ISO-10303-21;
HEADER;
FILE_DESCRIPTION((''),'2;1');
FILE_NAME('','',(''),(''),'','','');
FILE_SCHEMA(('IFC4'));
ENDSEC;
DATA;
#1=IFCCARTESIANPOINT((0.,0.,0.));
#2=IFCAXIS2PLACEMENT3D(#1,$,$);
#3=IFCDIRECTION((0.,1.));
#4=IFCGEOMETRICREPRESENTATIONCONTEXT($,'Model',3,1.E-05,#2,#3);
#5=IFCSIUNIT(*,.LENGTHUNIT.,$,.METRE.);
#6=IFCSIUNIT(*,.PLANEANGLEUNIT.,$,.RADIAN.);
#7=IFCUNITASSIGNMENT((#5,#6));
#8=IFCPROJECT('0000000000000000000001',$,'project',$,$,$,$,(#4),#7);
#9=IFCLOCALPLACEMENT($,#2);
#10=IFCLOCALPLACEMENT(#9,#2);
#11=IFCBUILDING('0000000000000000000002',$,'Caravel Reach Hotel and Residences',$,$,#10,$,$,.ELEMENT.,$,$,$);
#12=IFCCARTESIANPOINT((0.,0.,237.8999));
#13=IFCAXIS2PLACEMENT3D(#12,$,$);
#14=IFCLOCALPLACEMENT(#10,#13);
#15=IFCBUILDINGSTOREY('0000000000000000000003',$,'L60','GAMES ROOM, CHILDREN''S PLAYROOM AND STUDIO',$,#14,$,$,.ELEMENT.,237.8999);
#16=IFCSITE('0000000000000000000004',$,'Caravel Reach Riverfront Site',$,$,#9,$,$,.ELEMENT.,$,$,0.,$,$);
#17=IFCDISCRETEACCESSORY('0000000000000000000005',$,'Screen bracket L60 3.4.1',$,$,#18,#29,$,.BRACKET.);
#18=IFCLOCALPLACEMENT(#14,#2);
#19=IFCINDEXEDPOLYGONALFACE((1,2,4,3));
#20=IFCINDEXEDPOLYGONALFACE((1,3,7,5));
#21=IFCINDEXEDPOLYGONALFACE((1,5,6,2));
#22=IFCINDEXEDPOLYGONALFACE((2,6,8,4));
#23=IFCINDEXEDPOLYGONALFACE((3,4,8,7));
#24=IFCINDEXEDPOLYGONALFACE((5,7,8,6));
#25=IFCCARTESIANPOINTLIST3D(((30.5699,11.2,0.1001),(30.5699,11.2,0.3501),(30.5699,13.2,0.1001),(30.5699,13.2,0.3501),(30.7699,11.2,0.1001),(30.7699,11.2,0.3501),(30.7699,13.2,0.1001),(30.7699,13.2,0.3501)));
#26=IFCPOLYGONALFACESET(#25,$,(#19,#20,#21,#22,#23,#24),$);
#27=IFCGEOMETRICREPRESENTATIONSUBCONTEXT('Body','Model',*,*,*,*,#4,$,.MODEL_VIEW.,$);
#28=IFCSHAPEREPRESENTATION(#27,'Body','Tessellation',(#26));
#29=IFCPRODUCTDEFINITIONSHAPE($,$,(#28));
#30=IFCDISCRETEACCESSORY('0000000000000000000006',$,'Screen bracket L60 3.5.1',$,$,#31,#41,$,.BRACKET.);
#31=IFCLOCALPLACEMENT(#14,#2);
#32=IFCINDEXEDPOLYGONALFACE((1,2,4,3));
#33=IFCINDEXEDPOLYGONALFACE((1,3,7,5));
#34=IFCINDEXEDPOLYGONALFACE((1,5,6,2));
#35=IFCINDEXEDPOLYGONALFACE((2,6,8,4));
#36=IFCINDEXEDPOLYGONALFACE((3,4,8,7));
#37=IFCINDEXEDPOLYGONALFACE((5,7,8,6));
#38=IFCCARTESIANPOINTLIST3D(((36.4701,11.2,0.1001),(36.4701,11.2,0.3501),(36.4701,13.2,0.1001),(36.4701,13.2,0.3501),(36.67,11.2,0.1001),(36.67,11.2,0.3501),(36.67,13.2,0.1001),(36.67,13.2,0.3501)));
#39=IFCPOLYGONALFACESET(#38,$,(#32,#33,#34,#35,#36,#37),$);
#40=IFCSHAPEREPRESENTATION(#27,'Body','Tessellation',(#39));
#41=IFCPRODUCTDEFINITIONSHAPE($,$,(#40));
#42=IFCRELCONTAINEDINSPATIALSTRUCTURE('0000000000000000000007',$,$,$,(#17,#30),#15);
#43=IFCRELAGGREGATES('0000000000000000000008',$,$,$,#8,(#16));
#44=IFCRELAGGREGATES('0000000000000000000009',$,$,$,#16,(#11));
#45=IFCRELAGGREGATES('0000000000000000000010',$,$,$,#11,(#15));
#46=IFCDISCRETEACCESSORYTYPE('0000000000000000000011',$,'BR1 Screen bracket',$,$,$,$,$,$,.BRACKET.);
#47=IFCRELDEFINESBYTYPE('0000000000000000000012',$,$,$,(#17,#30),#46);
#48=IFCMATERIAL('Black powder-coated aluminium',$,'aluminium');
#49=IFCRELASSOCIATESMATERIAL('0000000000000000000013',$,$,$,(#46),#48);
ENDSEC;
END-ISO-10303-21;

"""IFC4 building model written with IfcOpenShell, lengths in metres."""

from ifc_helpers import new_model, si_unit, direction, frame, origin, origin_2d, place, context, subcontext, project, spatial, rectangle, extrude, material, type_object, element, save


model = new_model("IFC4")

# Units and contexts
model_context = context("Model", 3, precision=1e-05, world=origin(), true_north=direction((0.0, 1.0)))
body_context = subcontext(model_context, "Body", "Model", "MODEL_VIEW")
ifc_project = project(units=[si_unit("LENGTHUNIT", "METRE"), si_unit("PLANEANGLEUNIT", "RADIAN")], contexts=[model_context])

# Site, building, storey
site_placement = place(None, origin())
site = spatial("IfcSite", under=ifc_project, at=site_placement, Name="Caravel Reach Riverfront Site", CompositionType="ELEMENT", RefElevation=0.0)
building_placement = place(site_placement, origin())
building = spatial("IfcBuilding", under=site, at=building_placement, Name="Caravel Reach Hotel and Residences", CompositionType="ELEMENT")
storey_placement = place(building_placement, frame((0.0, 0.0, 237.8999)))
storey = spatial("IfcBuildingStorey", under=building, at=storey_placement, Name="L60", Description="GAMES ROOM, CHILDREN'S PLAYROOM AND STUDIO", CompositionType="ELEMENT", Elevation=237.8999)

# Discrete accessories
ifc_material_1 = material(Name="Black powder-coated aluminium", Category="aluminium")
discrete_accessory_type = type_object("IfcDiscreteAccessoryType", Name="BR1 Screen bracket", PredefinedType="BRACKET", material=ifc_material_1)
for number, where, z_axis, x_axis, name in (
    (1, (30.6699, 12.2, 0.1001), (0.0, 0.0, 1.0), (0.0, -1.0, 0.0), "Screen bracket L60 3.4.1"),
    (2, (36.5701, 12.2, 0.1001), (0.0, 0.0, 1.0), (0.0, -1.0, 0.0), "Screen bracket L60 3.5.1"),
):
    element("IfcDiscreteAccessory", number, at=place(storey_placement, frame(where, z_axis=z_axis, x_axis=x_axis)), inside=storey, type_object=discrete_accessory_type, Name=name, PredefinedType="BRACKET", context=body_context, shape_type="SweptSolid", body=[
        extrude(rectangle(XDim=2.0, YDim=0.2, at=origin_2d()), origin(), (0.0, 0.0, 1.0), 0.25),
    ])

save(model, "model.ifc")
